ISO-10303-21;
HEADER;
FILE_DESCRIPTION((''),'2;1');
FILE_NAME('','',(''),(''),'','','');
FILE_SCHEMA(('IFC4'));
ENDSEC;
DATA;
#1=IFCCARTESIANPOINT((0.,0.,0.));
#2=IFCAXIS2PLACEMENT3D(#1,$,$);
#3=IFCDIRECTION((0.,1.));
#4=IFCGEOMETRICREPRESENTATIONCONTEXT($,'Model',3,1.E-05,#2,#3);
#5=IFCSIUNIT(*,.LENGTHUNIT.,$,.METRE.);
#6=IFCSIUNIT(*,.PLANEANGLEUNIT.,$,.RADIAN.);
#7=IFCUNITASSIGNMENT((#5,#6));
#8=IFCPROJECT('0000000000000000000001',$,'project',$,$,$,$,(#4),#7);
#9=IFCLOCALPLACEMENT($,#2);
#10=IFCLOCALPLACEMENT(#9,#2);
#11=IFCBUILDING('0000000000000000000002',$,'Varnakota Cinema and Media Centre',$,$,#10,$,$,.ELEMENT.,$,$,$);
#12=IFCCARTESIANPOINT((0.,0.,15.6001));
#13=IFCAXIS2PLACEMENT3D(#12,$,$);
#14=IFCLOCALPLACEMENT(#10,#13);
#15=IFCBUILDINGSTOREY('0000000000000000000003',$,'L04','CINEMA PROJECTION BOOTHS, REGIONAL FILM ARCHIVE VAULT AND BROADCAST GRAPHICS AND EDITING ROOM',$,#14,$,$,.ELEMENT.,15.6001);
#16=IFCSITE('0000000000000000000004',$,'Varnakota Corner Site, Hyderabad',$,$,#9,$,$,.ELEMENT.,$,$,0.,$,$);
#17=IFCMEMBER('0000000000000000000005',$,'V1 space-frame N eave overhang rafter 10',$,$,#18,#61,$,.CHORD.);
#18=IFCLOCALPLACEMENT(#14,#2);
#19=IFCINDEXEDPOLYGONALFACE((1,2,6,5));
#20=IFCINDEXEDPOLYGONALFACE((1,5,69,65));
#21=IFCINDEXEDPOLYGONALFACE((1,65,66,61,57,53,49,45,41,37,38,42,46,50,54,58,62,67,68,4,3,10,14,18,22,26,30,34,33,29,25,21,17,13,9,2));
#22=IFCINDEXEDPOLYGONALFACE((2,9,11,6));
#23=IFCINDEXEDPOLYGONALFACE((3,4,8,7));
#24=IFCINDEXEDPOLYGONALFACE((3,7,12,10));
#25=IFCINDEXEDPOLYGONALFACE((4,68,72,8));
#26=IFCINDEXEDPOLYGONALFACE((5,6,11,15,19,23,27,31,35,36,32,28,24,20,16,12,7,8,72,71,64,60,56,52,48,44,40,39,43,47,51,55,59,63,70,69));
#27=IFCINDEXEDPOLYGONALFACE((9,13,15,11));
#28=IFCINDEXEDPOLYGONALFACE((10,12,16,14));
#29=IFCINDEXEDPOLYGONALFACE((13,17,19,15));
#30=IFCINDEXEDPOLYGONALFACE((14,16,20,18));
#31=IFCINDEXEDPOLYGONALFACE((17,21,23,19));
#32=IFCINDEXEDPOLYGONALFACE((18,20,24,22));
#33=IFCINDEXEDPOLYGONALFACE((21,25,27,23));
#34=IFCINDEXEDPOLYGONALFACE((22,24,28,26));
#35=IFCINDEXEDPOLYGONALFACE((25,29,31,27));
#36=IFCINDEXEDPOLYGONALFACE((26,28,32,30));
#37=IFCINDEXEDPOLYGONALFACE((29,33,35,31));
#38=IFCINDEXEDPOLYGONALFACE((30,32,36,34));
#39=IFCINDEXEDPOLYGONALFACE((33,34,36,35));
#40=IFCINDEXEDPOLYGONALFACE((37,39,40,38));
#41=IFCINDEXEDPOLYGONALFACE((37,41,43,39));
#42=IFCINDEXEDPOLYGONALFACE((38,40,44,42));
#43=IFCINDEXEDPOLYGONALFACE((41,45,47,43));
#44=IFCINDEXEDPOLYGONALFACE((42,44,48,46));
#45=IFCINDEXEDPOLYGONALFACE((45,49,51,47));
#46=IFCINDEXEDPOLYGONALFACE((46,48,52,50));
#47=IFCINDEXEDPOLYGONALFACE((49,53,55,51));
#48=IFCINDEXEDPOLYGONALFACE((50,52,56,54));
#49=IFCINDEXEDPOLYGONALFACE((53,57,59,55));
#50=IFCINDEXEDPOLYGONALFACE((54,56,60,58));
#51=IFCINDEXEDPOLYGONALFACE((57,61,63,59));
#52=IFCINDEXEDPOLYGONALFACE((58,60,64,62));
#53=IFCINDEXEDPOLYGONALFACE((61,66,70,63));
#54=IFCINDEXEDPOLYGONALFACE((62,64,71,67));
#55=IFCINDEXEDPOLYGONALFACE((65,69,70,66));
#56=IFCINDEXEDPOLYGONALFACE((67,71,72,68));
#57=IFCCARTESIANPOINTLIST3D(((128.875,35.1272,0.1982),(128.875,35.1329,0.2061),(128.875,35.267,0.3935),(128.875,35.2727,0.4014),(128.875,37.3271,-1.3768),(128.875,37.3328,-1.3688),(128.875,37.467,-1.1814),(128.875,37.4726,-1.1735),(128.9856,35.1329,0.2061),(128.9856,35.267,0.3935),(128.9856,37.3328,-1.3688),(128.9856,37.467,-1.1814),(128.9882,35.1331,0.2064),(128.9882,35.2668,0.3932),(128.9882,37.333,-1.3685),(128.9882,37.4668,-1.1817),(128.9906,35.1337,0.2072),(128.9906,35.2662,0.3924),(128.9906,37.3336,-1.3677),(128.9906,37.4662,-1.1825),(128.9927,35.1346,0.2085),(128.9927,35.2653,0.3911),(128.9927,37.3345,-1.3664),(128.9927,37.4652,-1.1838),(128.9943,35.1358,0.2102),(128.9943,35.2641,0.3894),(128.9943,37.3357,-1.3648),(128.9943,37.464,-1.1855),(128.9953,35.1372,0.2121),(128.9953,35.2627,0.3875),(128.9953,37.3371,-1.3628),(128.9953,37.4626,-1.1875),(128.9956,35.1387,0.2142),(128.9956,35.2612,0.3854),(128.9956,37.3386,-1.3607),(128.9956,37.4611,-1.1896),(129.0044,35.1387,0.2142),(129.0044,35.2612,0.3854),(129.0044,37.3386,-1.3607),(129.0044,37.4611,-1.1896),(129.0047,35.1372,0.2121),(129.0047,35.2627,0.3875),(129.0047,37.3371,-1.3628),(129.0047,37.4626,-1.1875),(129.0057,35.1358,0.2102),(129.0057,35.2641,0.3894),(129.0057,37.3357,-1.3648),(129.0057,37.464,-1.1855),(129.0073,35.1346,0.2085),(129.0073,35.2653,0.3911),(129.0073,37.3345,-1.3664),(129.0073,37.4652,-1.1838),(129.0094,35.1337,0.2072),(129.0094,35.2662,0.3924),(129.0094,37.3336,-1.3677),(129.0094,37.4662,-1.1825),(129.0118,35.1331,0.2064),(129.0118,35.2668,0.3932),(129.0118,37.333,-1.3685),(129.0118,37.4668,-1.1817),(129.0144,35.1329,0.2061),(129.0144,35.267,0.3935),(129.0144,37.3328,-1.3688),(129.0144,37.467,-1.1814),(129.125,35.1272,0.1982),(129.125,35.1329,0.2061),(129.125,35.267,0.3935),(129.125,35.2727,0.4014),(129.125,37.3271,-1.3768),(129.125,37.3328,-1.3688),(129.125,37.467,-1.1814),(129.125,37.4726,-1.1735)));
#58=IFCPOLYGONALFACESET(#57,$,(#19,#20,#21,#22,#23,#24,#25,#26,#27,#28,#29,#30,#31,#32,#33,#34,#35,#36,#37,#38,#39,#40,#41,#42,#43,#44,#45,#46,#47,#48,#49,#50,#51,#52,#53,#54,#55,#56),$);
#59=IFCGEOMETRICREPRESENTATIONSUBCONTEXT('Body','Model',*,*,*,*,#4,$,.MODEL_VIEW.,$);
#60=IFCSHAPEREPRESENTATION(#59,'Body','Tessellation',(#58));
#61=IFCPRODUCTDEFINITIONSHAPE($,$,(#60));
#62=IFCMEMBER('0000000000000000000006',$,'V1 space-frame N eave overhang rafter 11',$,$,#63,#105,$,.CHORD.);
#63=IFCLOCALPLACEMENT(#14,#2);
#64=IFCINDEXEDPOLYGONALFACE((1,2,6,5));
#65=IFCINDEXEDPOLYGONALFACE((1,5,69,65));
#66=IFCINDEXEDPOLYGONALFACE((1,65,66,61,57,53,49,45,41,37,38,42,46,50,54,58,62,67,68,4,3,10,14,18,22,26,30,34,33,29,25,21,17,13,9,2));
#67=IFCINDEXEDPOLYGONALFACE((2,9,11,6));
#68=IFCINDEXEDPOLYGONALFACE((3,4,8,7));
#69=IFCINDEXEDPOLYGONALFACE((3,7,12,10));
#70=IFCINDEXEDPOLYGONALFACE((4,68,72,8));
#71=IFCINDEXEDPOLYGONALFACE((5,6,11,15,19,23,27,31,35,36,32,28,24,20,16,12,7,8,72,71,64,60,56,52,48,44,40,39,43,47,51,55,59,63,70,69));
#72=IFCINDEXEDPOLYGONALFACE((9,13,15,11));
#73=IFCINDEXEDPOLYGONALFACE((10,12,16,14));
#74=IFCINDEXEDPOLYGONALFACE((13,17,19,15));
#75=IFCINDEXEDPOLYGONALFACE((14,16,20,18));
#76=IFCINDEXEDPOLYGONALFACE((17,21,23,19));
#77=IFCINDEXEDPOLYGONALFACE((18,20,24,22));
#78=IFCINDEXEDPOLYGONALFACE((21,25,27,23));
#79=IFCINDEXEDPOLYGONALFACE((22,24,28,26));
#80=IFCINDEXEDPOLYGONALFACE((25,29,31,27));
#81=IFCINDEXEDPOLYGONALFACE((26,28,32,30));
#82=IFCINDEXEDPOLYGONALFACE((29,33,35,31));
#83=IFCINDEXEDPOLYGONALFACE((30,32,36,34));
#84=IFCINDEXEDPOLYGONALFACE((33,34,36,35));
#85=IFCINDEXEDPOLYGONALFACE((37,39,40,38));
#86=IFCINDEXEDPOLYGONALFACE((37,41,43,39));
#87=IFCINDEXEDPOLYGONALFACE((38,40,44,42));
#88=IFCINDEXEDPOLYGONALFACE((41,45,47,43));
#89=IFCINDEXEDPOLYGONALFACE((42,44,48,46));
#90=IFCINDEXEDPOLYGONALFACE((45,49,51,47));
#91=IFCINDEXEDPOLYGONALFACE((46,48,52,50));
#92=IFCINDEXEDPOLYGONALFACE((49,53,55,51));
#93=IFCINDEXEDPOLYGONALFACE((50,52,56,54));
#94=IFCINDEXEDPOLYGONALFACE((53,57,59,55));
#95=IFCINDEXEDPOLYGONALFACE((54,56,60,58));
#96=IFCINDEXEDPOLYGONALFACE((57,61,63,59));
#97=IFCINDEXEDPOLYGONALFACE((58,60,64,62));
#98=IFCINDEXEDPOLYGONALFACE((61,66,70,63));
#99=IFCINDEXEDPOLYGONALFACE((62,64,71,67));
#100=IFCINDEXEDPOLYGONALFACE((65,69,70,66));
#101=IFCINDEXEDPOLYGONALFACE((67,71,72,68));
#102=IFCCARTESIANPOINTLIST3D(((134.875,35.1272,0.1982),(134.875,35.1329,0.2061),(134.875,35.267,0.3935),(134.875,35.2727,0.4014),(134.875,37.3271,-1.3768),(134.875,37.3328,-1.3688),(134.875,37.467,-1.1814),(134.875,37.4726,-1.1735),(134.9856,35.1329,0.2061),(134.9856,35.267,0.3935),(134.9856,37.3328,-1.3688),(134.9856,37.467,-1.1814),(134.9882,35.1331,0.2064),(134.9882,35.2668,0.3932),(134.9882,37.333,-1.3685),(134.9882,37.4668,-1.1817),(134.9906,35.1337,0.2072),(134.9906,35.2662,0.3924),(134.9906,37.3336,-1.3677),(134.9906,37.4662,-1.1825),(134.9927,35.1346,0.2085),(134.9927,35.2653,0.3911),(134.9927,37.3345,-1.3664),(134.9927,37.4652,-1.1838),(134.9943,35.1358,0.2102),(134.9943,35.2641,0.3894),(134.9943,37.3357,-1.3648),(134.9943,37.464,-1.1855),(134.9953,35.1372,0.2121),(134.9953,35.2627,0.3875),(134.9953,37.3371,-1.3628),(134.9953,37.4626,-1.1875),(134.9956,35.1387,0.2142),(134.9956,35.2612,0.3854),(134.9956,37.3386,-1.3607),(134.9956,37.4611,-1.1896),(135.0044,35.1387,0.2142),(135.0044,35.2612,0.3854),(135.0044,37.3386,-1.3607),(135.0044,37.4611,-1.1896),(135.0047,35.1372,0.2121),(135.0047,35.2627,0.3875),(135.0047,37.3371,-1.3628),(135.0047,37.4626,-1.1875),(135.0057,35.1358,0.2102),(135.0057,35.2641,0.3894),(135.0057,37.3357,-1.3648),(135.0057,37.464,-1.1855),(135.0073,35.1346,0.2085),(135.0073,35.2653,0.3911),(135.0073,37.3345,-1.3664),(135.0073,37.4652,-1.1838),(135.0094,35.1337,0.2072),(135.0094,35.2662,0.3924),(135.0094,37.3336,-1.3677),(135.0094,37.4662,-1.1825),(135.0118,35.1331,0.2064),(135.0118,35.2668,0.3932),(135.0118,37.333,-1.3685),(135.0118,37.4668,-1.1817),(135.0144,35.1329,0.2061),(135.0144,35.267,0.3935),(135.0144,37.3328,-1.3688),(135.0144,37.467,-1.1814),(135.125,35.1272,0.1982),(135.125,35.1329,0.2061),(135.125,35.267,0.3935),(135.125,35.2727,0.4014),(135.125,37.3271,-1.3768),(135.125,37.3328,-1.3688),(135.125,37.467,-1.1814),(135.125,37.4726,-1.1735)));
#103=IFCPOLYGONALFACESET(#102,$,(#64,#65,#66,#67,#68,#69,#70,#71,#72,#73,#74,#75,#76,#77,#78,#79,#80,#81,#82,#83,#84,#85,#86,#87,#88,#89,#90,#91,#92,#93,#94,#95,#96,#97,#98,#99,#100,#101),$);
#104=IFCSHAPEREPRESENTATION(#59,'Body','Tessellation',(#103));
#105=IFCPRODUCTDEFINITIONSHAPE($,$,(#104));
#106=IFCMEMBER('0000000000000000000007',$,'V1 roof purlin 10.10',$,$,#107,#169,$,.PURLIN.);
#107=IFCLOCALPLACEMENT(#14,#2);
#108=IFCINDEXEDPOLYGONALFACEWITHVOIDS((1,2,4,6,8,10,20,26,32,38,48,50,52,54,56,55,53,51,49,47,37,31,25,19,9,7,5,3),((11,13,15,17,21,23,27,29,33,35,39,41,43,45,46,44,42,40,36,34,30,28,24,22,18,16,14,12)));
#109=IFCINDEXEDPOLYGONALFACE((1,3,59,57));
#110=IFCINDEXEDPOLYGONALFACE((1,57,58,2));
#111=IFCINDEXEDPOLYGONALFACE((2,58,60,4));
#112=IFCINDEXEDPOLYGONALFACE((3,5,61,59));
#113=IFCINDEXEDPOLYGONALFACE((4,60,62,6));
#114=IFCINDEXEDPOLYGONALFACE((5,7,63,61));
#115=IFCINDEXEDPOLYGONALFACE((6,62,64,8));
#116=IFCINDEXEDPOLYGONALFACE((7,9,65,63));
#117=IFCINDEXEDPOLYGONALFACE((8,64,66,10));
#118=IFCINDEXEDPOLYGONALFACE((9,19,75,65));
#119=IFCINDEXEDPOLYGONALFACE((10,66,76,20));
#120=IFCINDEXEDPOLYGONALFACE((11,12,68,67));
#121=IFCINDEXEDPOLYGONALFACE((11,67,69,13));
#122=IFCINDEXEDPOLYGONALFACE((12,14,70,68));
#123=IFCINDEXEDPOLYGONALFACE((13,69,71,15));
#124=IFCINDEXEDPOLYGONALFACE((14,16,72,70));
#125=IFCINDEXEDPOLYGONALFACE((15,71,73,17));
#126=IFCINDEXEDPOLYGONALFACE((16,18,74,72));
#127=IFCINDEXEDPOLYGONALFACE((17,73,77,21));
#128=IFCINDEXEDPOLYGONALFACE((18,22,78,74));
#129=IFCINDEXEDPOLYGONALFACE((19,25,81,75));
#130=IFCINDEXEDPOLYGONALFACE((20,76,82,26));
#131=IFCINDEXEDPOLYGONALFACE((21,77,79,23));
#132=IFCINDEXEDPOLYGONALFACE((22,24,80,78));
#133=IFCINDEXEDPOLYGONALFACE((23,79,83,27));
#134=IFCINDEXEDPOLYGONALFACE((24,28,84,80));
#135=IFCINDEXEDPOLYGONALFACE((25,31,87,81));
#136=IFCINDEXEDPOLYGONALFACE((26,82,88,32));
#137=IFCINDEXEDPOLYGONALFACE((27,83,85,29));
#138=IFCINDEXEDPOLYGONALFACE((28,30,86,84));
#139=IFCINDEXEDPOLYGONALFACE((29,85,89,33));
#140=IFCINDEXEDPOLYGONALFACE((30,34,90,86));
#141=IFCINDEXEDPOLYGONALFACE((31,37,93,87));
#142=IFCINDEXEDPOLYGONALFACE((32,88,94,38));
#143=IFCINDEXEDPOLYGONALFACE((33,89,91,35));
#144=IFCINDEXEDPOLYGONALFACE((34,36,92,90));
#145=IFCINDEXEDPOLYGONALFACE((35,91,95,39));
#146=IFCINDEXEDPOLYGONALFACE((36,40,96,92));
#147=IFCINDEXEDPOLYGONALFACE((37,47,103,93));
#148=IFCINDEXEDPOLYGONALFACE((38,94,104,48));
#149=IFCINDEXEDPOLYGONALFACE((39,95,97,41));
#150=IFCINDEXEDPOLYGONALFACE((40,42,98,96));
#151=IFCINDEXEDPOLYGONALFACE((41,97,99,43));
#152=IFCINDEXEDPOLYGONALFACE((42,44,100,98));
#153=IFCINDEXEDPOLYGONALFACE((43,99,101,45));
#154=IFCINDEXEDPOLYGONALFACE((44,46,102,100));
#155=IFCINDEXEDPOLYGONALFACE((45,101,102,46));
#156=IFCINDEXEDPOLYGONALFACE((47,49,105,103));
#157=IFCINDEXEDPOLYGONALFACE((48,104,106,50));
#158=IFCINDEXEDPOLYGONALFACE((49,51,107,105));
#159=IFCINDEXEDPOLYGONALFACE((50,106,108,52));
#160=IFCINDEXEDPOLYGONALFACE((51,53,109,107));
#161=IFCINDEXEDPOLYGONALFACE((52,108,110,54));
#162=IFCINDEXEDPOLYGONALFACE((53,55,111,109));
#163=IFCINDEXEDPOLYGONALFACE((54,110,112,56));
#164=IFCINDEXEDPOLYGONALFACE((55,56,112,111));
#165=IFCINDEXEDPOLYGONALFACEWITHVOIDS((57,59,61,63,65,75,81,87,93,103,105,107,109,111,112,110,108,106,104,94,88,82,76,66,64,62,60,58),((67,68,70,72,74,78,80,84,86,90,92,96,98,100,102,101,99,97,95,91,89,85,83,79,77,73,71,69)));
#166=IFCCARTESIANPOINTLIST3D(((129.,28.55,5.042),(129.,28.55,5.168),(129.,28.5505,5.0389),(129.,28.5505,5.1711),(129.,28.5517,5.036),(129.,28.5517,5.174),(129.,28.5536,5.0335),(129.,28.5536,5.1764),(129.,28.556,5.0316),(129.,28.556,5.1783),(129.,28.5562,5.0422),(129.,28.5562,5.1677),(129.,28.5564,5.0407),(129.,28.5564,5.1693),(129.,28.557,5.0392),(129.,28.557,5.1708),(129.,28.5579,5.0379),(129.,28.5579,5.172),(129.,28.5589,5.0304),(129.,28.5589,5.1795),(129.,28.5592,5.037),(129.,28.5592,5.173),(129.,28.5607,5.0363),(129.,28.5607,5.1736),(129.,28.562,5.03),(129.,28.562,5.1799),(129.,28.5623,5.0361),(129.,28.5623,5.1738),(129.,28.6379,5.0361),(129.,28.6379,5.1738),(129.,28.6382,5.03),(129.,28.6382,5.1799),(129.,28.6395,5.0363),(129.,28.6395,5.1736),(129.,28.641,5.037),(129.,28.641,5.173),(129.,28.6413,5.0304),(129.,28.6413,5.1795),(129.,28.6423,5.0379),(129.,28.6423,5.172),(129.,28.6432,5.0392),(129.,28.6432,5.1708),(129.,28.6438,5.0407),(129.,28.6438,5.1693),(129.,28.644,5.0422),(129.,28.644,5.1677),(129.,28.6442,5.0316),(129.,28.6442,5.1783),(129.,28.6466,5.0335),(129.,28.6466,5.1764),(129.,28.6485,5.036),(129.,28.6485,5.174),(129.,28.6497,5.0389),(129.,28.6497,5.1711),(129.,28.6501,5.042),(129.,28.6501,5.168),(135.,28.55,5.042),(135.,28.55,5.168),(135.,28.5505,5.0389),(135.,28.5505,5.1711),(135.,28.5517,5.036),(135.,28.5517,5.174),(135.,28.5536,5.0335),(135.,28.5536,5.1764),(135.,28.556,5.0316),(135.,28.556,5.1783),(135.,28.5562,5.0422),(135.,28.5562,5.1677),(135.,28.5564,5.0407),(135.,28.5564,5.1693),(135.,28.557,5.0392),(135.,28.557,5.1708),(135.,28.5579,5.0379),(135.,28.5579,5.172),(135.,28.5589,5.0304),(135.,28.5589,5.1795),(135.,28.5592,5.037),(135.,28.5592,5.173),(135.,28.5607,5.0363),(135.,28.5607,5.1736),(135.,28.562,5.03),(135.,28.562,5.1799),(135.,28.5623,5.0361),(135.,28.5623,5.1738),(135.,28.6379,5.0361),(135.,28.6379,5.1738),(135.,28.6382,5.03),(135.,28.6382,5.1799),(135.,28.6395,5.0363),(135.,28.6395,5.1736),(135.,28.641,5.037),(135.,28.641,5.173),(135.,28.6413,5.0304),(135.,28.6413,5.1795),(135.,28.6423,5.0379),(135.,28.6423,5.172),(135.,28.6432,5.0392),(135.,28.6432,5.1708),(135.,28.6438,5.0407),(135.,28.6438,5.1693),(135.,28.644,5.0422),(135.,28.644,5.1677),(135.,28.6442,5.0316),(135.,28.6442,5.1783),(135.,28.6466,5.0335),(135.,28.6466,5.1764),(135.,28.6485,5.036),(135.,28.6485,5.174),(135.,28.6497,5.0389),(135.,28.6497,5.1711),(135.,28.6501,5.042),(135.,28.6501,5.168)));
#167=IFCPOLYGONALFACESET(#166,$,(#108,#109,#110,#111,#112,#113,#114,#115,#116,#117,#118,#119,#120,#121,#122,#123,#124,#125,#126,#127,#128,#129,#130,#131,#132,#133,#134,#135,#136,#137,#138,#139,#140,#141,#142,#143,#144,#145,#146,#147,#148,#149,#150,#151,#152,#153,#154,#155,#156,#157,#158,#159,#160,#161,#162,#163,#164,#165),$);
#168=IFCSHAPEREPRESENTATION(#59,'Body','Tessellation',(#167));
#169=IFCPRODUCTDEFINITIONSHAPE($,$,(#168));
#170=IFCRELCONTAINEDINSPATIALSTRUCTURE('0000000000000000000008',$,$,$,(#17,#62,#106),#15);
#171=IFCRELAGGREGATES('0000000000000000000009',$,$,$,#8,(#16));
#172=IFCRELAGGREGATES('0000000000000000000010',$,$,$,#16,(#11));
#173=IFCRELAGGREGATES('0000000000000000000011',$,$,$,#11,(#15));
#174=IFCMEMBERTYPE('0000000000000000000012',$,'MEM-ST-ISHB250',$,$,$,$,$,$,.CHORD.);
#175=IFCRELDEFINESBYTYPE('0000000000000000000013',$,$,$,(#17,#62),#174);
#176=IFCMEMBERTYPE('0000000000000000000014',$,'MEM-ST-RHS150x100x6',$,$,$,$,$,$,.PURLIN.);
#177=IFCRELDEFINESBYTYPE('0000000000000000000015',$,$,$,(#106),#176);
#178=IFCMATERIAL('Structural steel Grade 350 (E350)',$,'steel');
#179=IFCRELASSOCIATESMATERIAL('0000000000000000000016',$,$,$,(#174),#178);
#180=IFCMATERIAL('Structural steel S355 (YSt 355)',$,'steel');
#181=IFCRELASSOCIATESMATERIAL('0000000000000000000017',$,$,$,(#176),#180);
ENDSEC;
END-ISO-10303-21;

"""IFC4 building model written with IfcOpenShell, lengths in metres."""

from ifc_helpers import new_model, si_unit, direction, frame, origin, origin_2d, place, context, subcontext, project, spatial, hollow_rectangle, i_section, extrude, material, material_profile, profile_set, type_object, element, save


model = new_model("IFC4")

# Units and contexts
model_context = context("Model", 3, precision=1e-05, world=origin(), true_north=direction((0.0, 1.0)))
body_context = subcontext(model_context, "Body", "Model", "MODEL_VIEW")
ifc_project = project(units=[si_unit("LENGTHUNIT", "METRE"), si_unit("PLANEANGLEUNIT", "RADIAN")], contexts=[model_context])

# Site, building, storey
site_placement = place(None, origin())
site = spatial("IfcSite", under=ifc_project, at=site_placement, Name="Varnakota Corner Site, Hyderabad", CompositionType="ELEMENT", RefElevation=0.0)
building_placement = place(site_placement, origin())
building = spatial("IfcBuilding", under=site, at=building_placement, Name="Varnakota Cinema and Media Centre", CompositionType="ELEMENT")
storey_placement = place(building_placement, frame((0.0, 0.0, 15.6001)))
storey = spatial("IfcBuildingStorey", under=building, at=storey_placement, Name="L04", Description="CINEMA PROJECTION BOOTHS, REGIONAL FILM ARCHIVE VAULT AND BROADCAST GRAPHICS AND EDITING ROOM", CompositionType="ELEMENT", Elevation=15.6001)

# Members
ifc_material_1 = material(Name="Structural steel Grade 350 (E350)", Category="steel")
ifc_material_profile_1 = material_profile(ifc_material_1, i_section(OverallWidth=0.25, OverallDepth=0.25, WebThickness=0.0088, FlangeThickness=0.0098, FilletRadius=0.01, at=origin_2d()), Name="ISHB 250")
ifc_profile_set_1 = profile_set([ifc_material_profile_1], Name="Structural steel Grade 350 (E350)")
member_type_1 = type_object("IfcMemberType", Name="MEM-ST-ISHB250", PredefinedType="CHORD", material=ifc_profile_set_1)
for number, where, z_axis, x_axis, name in (
    (1, (129.0, 35.2, 0.2998), (0.0, 0.813111, -0.582109), (-1.0, 0.0, 0.0), "V1 space-frame N eave overhang rafter 10"),
    (2, (135.0, 35.2, 0.2998), (0.0, 0.813111, -0.582109), (-1.0, 0.0, 0.0), "V1 space-frame N eave overhang rafter 11"),
):
    element("IfcMember", number, at=place(storey_placement, frame(where, z_axis=z_axis, x_axis=x_axis)), inside=storey, type_object=member_type_1, Name=name, PredefinedType="CHORD", context=body_context, shape_type="SweptSolid", body=[
        extrude(i_section(OverallWidth=0.25, OverallDepth=0.25, WebThickness=0.0088, FlangeThickness=0.0098, FilletRadius=0.01, at=origin_2d()), origin(), (0.0, 0.0, 1.0), 2.7056),
    ])
ifc_material_2 = material(Name="Structural steel S355 (YSt 355)", Category="steel")
ifc_material_profile_2 = material_profile(ifc_material_2, hollow_rectangle(XDim=0.1001, YDim=0.1499, WallThickness=0.0061, InnerFilletRadius=0.0061, OuterFilletRadius=0.012, at=origin_2d()), Name="RHS 150x100x6")
ifc_profile_set_2 = profile_set([ifc_material_profile_2], Name="Structural steel S355 (YSt 355)")
member_type_2 = type_object("IfcMemberType", Name="MEM-ST-RHS150x100x6", PredefinedType="PURLIN", material=ifc_profile_set_2)
for number, where, z_axis, x_axis, name in (
    (3, (129.0, 28.6001, 5.105), (1.0, 0.0, 0.0), (0.0, 1.0, 0.0), "V1 roof purlin 10.10"),
):
    element("IfcMember", number, at=place(storey_placement, frame(where, z_axis=z_axis, x_axis=x_axis)), inside=storey, type_object=member_type_2, Name=name, PredefinedType="PURLIN", context=body_context, shape_type="SweptSolid", body=[
        extrude(hollow_rectangle(XDim=0.1001, YDim=0.1499, WallThickness=0.0061, InnerFilletRadius=0.0061, OuterFilletRadius=0.012, at=origin_2d()), origin(), (0.0, 0.0, 1.0), 6.0),
    ])

save(model, "model.ifc")
